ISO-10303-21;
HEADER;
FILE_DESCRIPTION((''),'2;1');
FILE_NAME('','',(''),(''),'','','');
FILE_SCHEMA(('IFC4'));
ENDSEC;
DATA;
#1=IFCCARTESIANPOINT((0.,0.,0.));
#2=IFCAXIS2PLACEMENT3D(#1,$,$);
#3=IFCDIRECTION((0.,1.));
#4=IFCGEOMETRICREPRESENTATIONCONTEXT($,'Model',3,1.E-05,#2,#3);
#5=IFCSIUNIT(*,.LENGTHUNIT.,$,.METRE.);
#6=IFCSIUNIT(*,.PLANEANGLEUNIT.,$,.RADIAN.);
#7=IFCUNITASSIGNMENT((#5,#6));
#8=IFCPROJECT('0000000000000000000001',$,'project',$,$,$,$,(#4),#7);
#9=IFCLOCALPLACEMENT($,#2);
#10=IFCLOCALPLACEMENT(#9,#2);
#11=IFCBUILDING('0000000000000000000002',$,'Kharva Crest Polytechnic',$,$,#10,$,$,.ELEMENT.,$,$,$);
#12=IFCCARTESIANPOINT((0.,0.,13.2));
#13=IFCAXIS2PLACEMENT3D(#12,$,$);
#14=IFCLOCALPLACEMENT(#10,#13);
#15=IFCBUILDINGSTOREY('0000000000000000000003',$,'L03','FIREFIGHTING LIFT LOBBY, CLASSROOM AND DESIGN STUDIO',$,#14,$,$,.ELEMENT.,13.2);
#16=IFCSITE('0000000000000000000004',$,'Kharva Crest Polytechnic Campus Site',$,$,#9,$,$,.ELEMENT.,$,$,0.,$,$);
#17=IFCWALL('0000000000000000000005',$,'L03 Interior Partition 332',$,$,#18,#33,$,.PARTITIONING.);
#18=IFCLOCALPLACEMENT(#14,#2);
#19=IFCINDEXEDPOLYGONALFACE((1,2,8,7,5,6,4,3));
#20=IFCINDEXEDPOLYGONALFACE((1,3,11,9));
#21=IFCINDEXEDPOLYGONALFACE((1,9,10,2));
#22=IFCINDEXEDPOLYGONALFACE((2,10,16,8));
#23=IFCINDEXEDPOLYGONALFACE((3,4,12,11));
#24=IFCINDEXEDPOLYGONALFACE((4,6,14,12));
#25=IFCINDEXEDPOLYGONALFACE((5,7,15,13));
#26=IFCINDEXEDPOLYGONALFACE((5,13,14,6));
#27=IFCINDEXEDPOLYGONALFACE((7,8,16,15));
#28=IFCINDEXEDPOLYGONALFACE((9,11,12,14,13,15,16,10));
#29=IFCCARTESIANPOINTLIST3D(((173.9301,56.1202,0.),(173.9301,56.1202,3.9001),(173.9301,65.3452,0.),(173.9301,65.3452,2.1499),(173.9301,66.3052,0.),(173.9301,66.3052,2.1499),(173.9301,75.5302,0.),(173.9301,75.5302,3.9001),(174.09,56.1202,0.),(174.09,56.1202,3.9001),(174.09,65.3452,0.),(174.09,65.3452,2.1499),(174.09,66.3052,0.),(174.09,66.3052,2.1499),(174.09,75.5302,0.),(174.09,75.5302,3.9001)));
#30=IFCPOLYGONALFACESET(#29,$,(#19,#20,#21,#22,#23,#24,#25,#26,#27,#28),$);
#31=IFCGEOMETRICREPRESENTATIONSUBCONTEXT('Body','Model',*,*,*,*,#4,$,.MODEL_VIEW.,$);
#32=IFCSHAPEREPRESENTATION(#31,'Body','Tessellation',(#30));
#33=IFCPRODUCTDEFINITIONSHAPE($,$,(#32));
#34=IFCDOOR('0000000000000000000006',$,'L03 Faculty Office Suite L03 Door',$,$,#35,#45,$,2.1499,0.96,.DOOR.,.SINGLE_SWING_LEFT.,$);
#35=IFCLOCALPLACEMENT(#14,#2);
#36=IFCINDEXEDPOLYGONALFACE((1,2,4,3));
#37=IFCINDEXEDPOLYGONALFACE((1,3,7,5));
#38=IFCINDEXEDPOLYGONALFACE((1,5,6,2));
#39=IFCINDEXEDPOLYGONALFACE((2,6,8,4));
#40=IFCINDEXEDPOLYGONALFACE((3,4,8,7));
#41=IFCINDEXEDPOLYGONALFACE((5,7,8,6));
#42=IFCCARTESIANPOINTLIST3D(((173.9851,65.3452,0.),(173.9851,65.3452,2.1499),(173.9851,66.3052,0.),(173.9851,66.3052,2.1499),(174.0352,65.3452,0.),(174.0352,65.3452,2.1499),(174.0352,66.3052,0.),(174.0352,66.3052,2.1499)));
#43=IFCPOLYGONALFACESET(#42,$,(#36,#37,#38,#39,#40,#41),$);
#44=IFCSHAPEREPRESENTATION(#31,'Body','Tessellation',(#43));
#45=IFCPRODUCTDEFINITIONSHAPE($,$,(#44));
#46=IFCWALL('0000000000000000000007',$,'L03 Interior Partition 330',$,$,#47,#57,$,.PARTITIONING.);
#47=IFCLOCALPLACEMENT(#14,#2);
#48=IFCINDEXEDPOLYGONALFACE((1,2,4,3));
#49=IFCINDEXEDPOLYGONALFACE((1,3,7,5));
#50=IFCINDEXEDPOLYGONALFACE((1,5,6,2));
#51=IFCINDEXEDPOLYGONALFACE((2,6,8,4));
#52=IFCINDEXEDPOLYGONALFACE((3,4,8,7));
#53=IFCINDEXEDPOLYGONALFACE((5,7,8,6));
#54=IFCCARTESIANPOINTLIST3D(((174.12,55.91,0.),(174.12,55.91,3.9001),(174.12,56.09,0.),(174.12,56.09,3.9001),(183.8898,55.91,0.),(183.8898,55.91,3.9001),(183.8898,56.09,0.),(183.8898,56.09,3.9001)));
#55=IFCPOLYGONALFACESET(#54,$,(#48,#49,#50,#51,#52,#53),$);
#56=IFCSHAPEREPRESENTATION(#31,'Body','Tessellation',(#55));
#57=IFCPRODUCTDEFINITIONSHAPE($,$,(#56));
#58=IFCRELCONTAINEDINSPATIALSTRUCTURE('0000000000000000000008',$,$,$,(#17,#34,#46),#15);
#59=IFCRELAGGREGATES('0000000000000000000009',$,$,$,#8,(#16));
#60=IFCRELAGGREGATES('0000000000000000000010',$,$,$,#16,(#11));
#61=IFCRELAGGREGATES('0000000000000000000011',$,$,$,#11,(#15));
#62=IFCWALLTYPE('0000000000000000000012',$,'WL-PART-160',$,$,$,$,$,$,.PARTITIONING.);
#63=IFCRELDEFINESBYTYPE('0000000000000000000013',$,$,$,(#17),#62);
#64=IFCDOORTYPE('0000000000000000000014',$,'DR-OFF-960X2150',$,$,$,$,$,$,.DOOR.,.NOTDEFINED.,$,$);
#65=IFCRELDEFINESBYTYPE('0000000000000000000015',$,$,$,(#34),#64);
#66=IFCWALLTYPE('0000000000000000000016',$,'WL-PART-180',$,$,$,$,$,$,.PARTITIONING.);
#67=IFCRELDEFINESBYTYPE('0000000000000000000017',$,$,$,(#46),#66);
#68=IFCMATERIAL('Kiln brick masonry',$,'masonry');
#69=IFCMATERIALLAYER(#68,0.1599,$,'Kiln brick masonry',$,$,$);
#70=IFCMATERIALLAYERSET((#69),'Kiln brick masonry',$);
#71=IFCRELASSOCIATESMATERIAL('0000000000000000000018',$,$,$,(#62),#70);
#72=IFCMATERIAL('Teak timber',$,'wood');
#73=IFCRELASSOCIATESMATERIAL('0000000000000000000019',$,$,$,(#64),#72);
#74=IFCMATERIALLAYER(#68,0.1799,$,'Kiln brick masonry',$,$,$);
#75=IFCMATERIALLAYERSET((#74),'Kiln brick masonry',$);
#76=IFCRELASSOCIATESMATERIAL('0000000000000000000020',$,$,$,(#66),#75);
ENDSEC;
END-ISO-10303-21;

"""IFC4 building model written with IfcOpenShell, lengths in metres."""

from ifc_helpers import new_model, si_unit, direction, frame, frame_2d, origin, place, context, subcontext, project, spatial, rectangle, extrude, material, layer, layer_set, type_object, element, fill, save


model = new_model("IFC4")

# Units and contexts
model_context = context("Model", 3, precision=1e-05, world=origin(), true_north=direction((0.0, 1.0)))
body_context = subcontext(model_context, "Body", "Model", "MODEL_VIEW")
ifc_project = project(units=[si_unit("LENGTHUNIT", "METRE"), si_unit("PLANEANGLEUNIT", "RADIAN")], contexts=[model_context])

# Site, building, storey
site_placement = place(None, origin())
site = spatial("IfcSite", under=ifc_project, at=site_placement, Name="Kharva Crest Polytechnic Campus Site", CompositionType="ELEMENT", RefElevation=0.0)
building_placement = place(site_placement, origin())
building = spatial("IfcBuilding", under=site, at=building_placement, Name="Kharva Crest Polytechnic", CompositionType="ELEMENT")
storey_placement = place(building_placement, frame((0.0, 0.0, 13.2)))
storey = spatial("IfcBuildingStorey", under=building, at=storey_placement, Name="L03", Description="FIREFIGHTING LIFT LOBBY, CLASSROOM AND DESIGN STUDIO", CompositionType="ELEMENT", Elevation=13.2)

# Wall, opening, door
ifc_material_1 = material(Name="Kiln brick masonry", Category="masonry")
ifc_material_2 = material(Name="Teak timber", Category="wood")
ifc_layer_1 = layer(ifc_material_1, 0.1599, Name="Kiln brick masonry")
ifc_layer_set_1 = layer_set([ifc_layer_1], Name="Kiln brick masonry")
wall_type_1 = type_object("IfcWallType", Name="WL-PART-160", PredefinedType="PARTITIONING", material=ifc_layer_set_1)
wall_1_placement = place(storey_placement, frame((174.01, 56.1201, 0.0), z_axis=(0.0, 0.0, 1.0), x_axis=(0.0, 1.0, 0.0)))
wall_1 = element("IfcWall", 1, at=wall_1_placement, inside=storey, type_object=wall_type_1, Name="L03 Interior Partition 332", PredefinedType="PARTITIONING", context=body_context, shape_type="SweptSolid", body=[
    extrude(rectangle(XDim=19.4099, YDim=0.1599, at=frame_2d((9.7051, 0.0))), origin(), (0.0, 0.0, 1.0), 3.9001),
])
opening_1_placement = place(wall_1_placement, frame((9.2251, 0.0, 0.0)))
opening_1 = element("IfcOpeningElement", 2, at=opening_1_placement, cuts=wall_1, PredefinedType="OPENING", context=body_context, shape_type="SweptSolid", body=[
    extrude(rectangle(XDim=0.96, YDim=2.1499, at=frame_2d((0.48, 1.075))), frame((0.0, 0.0898, 0.0), z_axis=(0.0, -1.0, 0.0), x_axis=(1.0, 0.0, 0.0)), (0.0, 0.0, 1.0), 0.1799),
])
door_type_1 = type_object("IfcDoorType", Name="DR-OFF-960X2150", OperationType="NOTDEFINED", PredefinedType="DOOR", material=ifc_material_2)
door_1_placement = place(opening_1_placement, origin())
door_1 = element("IfcDoor", 3, at=door_1_placement, inside=storey, type_object=door_type_1, Name="L03 Faculty Office Suite L03 Door", OperationType="SINGLE_SWING_LEFT", OverallHeight=2.1499, OverallWidth=0.96, PredefinedType="DOOR", context=body_context, shape_type="SweptSolid", body=[
    extrude(rectangle(XDim=0.96, YDim=2.1499, at=frame_2d((0.48, 1.075))), frame((0.0, 0.0249, 0.0), z_axis=(0.0, -1.0, 0.0), x_axis=(1.0, 0.0, 0.0)), (0.0, 0.0, 1.0), 0.05),
])
fill(opening_1, door_1)

# Wall
ifc_layer_2 = layer(ifc_material_1, 0.1799, Name="Kiln brick masonry")
ifc_layer_set_2 = layer_set([ifc_layer_2], Name="Kiln brick masonry")
wall_type_2 = type_object("IfcWallType", Name="WL-PART-180", PredefinedType="PARTITIONING", material=ifc_layer_set_2)
wall_2_placement = place(storey_placement, frame((174.1201, 56.0, 0.0), z_axis=(0.0, 0.0, 1.0), x_axis=(1.0, 0.0, 0.0)))
element("IfcWall", 4, at=wall_2_placement, inside=storey, type_object=wall_type_2, Name="L03 Interior Partition 330", PredefinedType="PARTITIONING", context=body_context, shape_type="SweptSolid", body=[
    extrude(rectangle(XDim=9.7698, YDim=0.1799, at=frame_2d((4.8848, 0.0))), origin(), (0.0, 0.0, 1.0), 3.9001),
])

save(model, "model.ifc")
